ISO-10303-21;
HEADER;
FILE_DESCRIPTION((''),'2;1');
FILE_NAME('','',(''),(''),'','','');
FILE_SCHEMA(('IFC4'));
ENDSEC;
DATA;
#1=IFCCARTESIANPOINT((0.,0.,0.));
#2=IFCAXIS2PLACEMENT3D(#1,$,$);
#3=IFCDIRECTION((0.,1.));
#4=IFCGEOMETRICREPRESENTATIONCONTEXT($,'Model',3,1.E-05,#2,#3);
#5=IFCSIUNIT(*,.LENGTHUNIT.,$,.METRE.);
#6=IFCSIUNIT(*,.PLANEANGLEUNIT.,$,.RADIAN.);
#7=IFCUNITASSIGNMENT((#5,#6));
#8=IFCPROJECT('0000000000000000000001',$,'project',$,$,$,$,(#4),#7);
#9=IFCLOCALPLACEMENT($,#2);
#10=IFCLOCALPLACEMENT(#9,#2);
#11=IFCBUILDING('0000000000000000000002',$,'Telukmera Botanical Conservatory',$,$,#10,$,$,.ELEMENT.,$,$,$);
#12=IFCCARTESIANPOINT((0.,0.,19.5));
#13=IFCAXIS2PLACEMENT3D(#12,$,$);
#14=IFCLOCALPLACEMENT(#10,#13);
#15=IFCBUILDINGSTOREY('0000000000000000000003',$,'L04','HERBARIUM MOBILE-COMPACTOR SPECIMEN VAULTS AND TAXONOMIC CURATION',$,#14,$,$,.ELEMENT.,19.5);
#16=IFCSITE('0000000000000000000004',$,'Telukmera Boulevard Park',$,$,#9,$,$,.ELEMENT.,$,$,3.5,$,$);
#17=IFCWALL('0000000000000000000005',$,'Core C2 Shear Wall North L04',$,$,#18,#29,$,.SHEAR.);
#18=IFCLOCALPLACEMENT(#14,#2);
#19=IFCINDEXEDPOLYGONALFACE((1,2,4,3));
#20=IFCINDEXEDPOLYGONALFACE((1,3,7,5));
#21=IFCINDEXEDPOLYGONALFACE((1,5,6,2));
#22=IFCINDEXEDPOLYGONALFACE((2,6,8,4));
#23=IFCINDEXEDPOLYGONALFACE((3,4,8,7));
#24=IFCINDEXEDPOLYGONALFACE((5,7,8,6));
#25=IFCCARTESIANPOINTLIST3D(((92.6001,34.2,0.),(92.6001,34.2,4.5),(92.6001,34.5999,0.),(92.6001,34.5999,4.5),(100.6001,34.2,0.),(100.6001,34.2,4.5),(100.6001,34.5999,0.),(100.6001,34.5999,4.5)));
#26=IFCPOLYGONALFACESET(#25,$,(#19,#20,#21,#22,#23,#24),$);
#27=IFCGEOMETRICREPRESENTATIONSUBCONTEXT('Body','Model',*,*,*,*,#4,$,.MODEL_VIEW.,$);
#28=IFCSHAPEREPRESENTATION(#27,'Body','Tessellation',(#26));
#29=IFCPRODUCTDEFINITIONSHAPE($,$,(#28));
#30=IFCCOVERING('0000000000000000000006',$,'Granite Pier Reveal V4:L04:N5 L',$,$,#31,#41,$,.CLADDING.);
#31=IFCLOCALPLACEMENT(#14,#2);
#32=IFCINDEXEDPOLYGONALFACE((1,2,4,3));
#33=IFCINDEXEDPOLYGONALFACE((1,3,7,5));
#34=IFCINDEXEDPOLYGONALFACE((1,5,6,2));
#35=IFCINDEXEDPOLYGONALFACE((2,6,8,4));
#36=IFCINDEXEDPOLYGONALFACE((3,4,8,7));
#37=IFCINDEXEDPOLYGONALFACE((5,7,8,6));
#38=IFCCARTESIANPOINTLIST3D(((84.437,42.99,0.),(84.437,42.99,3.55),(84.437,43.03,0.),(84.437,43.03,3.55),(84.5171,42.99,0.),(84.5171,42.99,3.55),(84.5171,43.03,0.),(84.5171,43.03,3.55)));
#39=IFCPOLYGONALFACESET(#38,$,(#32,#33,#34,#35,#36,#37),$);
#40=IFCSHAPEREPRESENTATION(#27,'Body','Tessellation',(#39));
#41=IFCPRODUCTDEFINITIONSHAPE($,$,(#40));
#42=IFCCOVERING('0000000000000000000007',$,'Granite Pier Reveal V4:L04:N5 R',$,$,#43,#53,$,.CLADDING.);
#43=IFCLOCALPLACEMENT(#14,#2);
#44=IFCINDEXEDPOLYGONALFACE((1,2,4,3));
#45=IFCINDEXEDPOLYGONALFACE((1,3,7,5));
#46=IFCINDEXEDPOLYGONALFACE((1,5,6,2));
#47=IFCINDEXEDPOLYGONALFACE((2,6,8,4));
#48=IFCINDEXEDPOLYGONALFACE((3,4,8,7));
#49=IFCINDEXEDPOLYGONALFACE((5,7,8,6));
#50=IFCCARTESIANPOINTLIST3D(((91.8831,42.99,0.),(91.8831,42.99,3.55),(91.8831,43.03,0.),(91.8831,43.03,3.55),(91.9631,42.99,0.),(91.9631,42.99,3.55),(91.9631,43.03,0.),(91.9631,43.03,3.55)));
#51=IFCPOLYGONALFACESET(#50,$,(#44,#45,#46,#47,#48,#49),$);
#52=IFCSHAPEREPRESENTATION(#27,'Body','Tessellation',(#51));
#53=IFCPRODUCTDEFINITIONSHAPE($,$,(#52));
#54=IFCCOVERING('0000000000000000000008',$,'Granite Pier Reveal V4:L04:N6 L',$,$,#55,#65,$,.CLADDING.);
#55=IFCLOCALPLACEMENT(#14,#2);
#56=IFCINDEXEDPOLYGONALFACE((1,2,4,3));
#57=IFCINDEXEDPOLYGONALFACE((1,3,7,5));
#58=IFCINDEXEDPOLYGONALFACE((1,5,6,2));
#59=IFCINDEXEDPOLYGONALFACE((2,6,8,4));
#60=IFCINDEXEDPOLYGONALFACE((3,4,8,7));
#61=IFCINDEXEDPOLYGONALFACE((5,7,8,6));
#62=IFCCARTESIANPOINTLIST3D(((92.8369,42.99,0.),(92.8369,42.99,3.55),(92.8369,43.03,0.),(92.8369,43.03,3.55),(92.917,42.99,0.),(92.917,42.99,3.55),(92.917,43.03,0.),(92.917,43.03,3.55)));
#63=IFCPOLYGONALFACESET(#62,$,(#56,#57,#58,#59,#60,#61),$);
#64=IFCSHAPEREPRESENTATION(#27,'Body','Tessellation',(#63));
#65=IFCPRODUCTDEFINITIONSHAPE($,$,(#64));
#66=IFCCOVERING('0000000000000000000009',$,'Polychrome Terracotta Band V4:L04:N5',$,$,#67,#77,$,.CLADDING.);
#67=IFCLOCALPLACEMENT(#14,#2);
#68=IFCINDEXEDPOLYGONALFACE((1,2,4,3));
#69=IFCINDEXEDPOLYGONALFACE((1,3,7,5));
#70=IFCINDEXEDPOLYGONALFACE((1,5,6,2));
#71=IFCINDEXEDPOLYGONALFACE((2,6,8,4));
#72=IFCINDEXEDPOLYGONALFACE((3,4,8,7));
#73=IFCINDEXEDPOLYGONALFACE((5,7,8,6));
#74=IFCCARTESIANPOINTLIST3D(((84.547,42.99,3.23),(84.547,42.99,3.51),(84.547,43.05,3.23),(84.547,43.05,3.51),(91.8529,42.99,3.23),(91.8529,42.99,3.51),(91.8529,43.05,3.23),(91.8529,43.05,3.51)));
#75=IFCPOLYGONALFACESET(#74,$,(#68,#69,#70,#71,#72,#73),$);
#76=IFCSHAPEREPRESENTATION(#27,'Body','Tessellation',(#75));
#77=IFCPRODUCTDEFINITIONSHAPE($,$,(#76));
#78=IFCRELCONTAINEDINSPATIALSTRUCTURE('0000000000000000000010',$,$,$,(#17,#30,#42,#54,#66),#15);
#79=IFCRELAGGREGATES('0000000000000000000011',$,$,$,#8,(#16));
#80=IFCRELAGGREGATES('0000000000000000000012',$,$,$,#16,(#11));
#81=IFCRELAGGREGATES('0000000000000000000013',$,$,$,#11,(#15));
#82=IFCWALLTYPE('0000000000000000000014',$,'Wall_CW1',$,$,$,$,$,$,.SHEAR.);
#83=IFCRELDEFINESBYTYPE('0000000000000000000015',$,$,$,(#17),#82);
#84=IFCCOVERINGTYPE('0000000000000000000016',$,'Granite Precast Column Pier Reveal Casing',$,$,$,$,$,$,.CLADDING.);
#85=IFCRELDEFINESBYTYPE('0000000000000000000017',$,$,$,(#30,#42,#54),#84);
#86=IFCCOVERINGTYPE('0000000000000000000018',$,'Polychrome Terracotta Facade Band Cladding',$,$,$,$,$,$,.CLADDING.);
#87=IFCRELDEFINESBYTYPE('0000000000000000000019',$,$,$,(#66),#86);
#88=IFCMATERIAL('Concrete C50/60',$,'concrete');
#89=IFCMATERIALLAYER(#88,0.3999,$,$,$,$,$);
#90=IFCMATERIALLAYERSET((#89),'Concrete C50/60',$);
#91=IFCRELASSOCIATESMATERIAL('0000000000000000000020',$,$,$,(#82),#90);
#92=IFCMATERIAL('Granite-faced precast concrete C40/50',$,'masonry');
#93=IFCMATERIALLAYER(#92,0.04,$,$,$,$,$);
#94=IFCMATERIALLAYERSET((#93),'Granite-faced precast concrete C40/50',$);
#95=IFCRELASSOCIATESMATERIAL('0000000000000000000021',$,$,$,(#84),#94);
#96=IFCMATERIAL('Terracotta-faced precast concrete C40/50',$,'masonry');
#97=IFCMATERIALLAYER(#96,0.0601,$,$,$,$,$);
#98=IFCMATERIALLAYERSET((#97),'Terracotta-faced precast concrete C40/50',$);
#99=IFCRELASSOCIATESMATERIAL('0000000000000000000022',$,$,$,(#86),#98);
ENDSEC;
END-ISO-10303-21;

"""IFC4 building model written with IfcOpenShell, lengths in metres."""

from ifc_helpers import new_model, si_unit, direction, frame, frame_2d, origin, origin_2d, place, context, subcontext, project, spatial, rectangle, extrude, material, layer, layer_set, type_object, element, save


model = new_model("IFC4")

# Units and contexts
model_context = context("Model", 3, precision=1e-05, world=origin(), true_north=direction((0.0, 1.0)))
body_context = subcontext(model_context, "Body", "Model", "MODEL_VIEW")
ifc_project = project(units=[si_unit("LENGTHUNIT", "METRE"), si_unit("PLANEANGLEUNIT", "RADIAN")], contexts=[model_context])

# Site, building, storey
site_placement = place(None, origin())
site = spatial("IfcSite", under=ifc_project, at=site_placement, Name="Telukmera Boulevard Park", CompositionType="ELEMENT", RefElevation=3.5)
building_placement = place(site_placement, origin())
building = spatial("IfcBuilding", under=site, at=building_placement, Name="Telukmera Botanical Conservatory", CompositionType="ELEMENT")
storey_placement = place(building_placement, frame((0.0, 0.0, 19.5)))
storey = spatial("IfcBuildingStorey", under=building, at=storey_placement, Name="L04", Description="HERBARIUM MOBILE-COMPACTOR SPECIMEN VAULTS AND TAXONOMIC CURATION", CompositionType="ELEMENT", Elevation=19.5)

# Shared definitions
ifc_material_1 = material(Name="Concrete C50/60", Category="concrete")

# Shared definitions
ifc_material_2 = material(Name="Terracotta-faced precast concrete C40/50", Category="masonry")

# Wall
ifc_layer_1 = layer(ifc_material_1, 0.3999)
ifc_layer_set_1 = layer_set([ifc_layer_1], Name="Concrete C50/60")
wall_type_1 = type_object("IfcWallType", Name="Wall_CW1", PredefinedType="SHEAR", material=ifc_layer_set_1)
wall_1_placement = place(storey_placement, frame((92.6001, 34.3999, 0.0), z_axis=(0.0, 0.0, 1.0), x_axis=(1.0, 0.0, 0.0)))
element("IfcWall", 1, at=wall_1_placement, inside=storey, type_object=wall_type_1, Name="Core C2 Shear Wall North L04", PredefinedType="SHEAR", context=body_context, shape_type="SweptSolid", body=[
    extrude(rectangle(XDim=8.0, YDim=0.3999, at=frame_2d((4.0, 0.0))), origin(), (0.0, 0.0, 1.0), 4.5),
])

# Coverings
ifc_material_3 = material(Name="Granite-faced precast concrete C40/50", Category="masonry")
ifc_layer_2 = layer(ifc_material_3, 0.04)
ifc_layer_set_2 = layer_set([ifc_layer_2], Name="Granite-faced precast concrete C40/50")
covering_type_1 = type_object("IfcCoveringType", Name="Granite Precast Column Pier Reveal Casing", PredefinedType="CLADDING", material=ifc_layer_set_2)
for number, where, z_axis, x_axis, name in (
    (2, (84.4771, 43.01, 0.0), (0.0, 0.0, 1.0), (1.0, 0.0, 0.0), "Granite Pier Reveal V4:L04:N5 L"),
    (3, (91.9231, 43.01, 0.0), (0.0, 0.0, 1.0), (1.0, 0.0, 0.0), "Granite Pier Reveal V4:L04:N5 R"),
    (4, (92.877, 43.01, 0.0), (0.0, 0.0, 1.0), (1.0, 0.0, 0.0), "Granite Pier Reveal V4:L04:N6 L"),
):
    element("IfcCovering", number, at=place(storey_placement, frame(where, z_axis=z_axis, x_axis=x_axis)), inside=storey, type_object=covering_type_1, Name=name, PredefinedType="CLADDING", context=body_context, shape_type="SweptSolid", body=[
        extrude(rectangle(XDim=0.0801, YDim=0.04, at=origin_2d()), origin(), (0.0, 0.0, 1.0), 3.55),
    ])
ifc_layer_3 = layer(ifc_material_2, 0.0601)
ifc_layer_set_3 = layer_set([ifc_layer_3], Name="Terracotta-faced precast concrete C40/50")
covering_type_2 = type_object("IfcCoveringType", Name="Polychrome Terracotta Facade Band Cladding", PredefinedType="CLADDING", material=ifc_layer_set_3)
covering_placement = place(storey_placement, frame((88.2, 43.02, 3.23), z_axis=(0.0, 0.0, 1.0), x_axis=(1.0, 0.0, 0.0)))
element("IfcCovering", 5, at=covering_placement, inside=storey, type_object=covering_type_2, Name="Polychrome Terracotta Band V4:L04:N5", PredefinedType="CLADDING", context=body_context, shape_type="SweptSolid", body=[
    extrude(rectangle(XDim=7.3059, YDim=0.0601, at=origin_2d()), origin(), (0.0, 0.0, 1.0), 0.28),
])

save(model, "model.ifc")
